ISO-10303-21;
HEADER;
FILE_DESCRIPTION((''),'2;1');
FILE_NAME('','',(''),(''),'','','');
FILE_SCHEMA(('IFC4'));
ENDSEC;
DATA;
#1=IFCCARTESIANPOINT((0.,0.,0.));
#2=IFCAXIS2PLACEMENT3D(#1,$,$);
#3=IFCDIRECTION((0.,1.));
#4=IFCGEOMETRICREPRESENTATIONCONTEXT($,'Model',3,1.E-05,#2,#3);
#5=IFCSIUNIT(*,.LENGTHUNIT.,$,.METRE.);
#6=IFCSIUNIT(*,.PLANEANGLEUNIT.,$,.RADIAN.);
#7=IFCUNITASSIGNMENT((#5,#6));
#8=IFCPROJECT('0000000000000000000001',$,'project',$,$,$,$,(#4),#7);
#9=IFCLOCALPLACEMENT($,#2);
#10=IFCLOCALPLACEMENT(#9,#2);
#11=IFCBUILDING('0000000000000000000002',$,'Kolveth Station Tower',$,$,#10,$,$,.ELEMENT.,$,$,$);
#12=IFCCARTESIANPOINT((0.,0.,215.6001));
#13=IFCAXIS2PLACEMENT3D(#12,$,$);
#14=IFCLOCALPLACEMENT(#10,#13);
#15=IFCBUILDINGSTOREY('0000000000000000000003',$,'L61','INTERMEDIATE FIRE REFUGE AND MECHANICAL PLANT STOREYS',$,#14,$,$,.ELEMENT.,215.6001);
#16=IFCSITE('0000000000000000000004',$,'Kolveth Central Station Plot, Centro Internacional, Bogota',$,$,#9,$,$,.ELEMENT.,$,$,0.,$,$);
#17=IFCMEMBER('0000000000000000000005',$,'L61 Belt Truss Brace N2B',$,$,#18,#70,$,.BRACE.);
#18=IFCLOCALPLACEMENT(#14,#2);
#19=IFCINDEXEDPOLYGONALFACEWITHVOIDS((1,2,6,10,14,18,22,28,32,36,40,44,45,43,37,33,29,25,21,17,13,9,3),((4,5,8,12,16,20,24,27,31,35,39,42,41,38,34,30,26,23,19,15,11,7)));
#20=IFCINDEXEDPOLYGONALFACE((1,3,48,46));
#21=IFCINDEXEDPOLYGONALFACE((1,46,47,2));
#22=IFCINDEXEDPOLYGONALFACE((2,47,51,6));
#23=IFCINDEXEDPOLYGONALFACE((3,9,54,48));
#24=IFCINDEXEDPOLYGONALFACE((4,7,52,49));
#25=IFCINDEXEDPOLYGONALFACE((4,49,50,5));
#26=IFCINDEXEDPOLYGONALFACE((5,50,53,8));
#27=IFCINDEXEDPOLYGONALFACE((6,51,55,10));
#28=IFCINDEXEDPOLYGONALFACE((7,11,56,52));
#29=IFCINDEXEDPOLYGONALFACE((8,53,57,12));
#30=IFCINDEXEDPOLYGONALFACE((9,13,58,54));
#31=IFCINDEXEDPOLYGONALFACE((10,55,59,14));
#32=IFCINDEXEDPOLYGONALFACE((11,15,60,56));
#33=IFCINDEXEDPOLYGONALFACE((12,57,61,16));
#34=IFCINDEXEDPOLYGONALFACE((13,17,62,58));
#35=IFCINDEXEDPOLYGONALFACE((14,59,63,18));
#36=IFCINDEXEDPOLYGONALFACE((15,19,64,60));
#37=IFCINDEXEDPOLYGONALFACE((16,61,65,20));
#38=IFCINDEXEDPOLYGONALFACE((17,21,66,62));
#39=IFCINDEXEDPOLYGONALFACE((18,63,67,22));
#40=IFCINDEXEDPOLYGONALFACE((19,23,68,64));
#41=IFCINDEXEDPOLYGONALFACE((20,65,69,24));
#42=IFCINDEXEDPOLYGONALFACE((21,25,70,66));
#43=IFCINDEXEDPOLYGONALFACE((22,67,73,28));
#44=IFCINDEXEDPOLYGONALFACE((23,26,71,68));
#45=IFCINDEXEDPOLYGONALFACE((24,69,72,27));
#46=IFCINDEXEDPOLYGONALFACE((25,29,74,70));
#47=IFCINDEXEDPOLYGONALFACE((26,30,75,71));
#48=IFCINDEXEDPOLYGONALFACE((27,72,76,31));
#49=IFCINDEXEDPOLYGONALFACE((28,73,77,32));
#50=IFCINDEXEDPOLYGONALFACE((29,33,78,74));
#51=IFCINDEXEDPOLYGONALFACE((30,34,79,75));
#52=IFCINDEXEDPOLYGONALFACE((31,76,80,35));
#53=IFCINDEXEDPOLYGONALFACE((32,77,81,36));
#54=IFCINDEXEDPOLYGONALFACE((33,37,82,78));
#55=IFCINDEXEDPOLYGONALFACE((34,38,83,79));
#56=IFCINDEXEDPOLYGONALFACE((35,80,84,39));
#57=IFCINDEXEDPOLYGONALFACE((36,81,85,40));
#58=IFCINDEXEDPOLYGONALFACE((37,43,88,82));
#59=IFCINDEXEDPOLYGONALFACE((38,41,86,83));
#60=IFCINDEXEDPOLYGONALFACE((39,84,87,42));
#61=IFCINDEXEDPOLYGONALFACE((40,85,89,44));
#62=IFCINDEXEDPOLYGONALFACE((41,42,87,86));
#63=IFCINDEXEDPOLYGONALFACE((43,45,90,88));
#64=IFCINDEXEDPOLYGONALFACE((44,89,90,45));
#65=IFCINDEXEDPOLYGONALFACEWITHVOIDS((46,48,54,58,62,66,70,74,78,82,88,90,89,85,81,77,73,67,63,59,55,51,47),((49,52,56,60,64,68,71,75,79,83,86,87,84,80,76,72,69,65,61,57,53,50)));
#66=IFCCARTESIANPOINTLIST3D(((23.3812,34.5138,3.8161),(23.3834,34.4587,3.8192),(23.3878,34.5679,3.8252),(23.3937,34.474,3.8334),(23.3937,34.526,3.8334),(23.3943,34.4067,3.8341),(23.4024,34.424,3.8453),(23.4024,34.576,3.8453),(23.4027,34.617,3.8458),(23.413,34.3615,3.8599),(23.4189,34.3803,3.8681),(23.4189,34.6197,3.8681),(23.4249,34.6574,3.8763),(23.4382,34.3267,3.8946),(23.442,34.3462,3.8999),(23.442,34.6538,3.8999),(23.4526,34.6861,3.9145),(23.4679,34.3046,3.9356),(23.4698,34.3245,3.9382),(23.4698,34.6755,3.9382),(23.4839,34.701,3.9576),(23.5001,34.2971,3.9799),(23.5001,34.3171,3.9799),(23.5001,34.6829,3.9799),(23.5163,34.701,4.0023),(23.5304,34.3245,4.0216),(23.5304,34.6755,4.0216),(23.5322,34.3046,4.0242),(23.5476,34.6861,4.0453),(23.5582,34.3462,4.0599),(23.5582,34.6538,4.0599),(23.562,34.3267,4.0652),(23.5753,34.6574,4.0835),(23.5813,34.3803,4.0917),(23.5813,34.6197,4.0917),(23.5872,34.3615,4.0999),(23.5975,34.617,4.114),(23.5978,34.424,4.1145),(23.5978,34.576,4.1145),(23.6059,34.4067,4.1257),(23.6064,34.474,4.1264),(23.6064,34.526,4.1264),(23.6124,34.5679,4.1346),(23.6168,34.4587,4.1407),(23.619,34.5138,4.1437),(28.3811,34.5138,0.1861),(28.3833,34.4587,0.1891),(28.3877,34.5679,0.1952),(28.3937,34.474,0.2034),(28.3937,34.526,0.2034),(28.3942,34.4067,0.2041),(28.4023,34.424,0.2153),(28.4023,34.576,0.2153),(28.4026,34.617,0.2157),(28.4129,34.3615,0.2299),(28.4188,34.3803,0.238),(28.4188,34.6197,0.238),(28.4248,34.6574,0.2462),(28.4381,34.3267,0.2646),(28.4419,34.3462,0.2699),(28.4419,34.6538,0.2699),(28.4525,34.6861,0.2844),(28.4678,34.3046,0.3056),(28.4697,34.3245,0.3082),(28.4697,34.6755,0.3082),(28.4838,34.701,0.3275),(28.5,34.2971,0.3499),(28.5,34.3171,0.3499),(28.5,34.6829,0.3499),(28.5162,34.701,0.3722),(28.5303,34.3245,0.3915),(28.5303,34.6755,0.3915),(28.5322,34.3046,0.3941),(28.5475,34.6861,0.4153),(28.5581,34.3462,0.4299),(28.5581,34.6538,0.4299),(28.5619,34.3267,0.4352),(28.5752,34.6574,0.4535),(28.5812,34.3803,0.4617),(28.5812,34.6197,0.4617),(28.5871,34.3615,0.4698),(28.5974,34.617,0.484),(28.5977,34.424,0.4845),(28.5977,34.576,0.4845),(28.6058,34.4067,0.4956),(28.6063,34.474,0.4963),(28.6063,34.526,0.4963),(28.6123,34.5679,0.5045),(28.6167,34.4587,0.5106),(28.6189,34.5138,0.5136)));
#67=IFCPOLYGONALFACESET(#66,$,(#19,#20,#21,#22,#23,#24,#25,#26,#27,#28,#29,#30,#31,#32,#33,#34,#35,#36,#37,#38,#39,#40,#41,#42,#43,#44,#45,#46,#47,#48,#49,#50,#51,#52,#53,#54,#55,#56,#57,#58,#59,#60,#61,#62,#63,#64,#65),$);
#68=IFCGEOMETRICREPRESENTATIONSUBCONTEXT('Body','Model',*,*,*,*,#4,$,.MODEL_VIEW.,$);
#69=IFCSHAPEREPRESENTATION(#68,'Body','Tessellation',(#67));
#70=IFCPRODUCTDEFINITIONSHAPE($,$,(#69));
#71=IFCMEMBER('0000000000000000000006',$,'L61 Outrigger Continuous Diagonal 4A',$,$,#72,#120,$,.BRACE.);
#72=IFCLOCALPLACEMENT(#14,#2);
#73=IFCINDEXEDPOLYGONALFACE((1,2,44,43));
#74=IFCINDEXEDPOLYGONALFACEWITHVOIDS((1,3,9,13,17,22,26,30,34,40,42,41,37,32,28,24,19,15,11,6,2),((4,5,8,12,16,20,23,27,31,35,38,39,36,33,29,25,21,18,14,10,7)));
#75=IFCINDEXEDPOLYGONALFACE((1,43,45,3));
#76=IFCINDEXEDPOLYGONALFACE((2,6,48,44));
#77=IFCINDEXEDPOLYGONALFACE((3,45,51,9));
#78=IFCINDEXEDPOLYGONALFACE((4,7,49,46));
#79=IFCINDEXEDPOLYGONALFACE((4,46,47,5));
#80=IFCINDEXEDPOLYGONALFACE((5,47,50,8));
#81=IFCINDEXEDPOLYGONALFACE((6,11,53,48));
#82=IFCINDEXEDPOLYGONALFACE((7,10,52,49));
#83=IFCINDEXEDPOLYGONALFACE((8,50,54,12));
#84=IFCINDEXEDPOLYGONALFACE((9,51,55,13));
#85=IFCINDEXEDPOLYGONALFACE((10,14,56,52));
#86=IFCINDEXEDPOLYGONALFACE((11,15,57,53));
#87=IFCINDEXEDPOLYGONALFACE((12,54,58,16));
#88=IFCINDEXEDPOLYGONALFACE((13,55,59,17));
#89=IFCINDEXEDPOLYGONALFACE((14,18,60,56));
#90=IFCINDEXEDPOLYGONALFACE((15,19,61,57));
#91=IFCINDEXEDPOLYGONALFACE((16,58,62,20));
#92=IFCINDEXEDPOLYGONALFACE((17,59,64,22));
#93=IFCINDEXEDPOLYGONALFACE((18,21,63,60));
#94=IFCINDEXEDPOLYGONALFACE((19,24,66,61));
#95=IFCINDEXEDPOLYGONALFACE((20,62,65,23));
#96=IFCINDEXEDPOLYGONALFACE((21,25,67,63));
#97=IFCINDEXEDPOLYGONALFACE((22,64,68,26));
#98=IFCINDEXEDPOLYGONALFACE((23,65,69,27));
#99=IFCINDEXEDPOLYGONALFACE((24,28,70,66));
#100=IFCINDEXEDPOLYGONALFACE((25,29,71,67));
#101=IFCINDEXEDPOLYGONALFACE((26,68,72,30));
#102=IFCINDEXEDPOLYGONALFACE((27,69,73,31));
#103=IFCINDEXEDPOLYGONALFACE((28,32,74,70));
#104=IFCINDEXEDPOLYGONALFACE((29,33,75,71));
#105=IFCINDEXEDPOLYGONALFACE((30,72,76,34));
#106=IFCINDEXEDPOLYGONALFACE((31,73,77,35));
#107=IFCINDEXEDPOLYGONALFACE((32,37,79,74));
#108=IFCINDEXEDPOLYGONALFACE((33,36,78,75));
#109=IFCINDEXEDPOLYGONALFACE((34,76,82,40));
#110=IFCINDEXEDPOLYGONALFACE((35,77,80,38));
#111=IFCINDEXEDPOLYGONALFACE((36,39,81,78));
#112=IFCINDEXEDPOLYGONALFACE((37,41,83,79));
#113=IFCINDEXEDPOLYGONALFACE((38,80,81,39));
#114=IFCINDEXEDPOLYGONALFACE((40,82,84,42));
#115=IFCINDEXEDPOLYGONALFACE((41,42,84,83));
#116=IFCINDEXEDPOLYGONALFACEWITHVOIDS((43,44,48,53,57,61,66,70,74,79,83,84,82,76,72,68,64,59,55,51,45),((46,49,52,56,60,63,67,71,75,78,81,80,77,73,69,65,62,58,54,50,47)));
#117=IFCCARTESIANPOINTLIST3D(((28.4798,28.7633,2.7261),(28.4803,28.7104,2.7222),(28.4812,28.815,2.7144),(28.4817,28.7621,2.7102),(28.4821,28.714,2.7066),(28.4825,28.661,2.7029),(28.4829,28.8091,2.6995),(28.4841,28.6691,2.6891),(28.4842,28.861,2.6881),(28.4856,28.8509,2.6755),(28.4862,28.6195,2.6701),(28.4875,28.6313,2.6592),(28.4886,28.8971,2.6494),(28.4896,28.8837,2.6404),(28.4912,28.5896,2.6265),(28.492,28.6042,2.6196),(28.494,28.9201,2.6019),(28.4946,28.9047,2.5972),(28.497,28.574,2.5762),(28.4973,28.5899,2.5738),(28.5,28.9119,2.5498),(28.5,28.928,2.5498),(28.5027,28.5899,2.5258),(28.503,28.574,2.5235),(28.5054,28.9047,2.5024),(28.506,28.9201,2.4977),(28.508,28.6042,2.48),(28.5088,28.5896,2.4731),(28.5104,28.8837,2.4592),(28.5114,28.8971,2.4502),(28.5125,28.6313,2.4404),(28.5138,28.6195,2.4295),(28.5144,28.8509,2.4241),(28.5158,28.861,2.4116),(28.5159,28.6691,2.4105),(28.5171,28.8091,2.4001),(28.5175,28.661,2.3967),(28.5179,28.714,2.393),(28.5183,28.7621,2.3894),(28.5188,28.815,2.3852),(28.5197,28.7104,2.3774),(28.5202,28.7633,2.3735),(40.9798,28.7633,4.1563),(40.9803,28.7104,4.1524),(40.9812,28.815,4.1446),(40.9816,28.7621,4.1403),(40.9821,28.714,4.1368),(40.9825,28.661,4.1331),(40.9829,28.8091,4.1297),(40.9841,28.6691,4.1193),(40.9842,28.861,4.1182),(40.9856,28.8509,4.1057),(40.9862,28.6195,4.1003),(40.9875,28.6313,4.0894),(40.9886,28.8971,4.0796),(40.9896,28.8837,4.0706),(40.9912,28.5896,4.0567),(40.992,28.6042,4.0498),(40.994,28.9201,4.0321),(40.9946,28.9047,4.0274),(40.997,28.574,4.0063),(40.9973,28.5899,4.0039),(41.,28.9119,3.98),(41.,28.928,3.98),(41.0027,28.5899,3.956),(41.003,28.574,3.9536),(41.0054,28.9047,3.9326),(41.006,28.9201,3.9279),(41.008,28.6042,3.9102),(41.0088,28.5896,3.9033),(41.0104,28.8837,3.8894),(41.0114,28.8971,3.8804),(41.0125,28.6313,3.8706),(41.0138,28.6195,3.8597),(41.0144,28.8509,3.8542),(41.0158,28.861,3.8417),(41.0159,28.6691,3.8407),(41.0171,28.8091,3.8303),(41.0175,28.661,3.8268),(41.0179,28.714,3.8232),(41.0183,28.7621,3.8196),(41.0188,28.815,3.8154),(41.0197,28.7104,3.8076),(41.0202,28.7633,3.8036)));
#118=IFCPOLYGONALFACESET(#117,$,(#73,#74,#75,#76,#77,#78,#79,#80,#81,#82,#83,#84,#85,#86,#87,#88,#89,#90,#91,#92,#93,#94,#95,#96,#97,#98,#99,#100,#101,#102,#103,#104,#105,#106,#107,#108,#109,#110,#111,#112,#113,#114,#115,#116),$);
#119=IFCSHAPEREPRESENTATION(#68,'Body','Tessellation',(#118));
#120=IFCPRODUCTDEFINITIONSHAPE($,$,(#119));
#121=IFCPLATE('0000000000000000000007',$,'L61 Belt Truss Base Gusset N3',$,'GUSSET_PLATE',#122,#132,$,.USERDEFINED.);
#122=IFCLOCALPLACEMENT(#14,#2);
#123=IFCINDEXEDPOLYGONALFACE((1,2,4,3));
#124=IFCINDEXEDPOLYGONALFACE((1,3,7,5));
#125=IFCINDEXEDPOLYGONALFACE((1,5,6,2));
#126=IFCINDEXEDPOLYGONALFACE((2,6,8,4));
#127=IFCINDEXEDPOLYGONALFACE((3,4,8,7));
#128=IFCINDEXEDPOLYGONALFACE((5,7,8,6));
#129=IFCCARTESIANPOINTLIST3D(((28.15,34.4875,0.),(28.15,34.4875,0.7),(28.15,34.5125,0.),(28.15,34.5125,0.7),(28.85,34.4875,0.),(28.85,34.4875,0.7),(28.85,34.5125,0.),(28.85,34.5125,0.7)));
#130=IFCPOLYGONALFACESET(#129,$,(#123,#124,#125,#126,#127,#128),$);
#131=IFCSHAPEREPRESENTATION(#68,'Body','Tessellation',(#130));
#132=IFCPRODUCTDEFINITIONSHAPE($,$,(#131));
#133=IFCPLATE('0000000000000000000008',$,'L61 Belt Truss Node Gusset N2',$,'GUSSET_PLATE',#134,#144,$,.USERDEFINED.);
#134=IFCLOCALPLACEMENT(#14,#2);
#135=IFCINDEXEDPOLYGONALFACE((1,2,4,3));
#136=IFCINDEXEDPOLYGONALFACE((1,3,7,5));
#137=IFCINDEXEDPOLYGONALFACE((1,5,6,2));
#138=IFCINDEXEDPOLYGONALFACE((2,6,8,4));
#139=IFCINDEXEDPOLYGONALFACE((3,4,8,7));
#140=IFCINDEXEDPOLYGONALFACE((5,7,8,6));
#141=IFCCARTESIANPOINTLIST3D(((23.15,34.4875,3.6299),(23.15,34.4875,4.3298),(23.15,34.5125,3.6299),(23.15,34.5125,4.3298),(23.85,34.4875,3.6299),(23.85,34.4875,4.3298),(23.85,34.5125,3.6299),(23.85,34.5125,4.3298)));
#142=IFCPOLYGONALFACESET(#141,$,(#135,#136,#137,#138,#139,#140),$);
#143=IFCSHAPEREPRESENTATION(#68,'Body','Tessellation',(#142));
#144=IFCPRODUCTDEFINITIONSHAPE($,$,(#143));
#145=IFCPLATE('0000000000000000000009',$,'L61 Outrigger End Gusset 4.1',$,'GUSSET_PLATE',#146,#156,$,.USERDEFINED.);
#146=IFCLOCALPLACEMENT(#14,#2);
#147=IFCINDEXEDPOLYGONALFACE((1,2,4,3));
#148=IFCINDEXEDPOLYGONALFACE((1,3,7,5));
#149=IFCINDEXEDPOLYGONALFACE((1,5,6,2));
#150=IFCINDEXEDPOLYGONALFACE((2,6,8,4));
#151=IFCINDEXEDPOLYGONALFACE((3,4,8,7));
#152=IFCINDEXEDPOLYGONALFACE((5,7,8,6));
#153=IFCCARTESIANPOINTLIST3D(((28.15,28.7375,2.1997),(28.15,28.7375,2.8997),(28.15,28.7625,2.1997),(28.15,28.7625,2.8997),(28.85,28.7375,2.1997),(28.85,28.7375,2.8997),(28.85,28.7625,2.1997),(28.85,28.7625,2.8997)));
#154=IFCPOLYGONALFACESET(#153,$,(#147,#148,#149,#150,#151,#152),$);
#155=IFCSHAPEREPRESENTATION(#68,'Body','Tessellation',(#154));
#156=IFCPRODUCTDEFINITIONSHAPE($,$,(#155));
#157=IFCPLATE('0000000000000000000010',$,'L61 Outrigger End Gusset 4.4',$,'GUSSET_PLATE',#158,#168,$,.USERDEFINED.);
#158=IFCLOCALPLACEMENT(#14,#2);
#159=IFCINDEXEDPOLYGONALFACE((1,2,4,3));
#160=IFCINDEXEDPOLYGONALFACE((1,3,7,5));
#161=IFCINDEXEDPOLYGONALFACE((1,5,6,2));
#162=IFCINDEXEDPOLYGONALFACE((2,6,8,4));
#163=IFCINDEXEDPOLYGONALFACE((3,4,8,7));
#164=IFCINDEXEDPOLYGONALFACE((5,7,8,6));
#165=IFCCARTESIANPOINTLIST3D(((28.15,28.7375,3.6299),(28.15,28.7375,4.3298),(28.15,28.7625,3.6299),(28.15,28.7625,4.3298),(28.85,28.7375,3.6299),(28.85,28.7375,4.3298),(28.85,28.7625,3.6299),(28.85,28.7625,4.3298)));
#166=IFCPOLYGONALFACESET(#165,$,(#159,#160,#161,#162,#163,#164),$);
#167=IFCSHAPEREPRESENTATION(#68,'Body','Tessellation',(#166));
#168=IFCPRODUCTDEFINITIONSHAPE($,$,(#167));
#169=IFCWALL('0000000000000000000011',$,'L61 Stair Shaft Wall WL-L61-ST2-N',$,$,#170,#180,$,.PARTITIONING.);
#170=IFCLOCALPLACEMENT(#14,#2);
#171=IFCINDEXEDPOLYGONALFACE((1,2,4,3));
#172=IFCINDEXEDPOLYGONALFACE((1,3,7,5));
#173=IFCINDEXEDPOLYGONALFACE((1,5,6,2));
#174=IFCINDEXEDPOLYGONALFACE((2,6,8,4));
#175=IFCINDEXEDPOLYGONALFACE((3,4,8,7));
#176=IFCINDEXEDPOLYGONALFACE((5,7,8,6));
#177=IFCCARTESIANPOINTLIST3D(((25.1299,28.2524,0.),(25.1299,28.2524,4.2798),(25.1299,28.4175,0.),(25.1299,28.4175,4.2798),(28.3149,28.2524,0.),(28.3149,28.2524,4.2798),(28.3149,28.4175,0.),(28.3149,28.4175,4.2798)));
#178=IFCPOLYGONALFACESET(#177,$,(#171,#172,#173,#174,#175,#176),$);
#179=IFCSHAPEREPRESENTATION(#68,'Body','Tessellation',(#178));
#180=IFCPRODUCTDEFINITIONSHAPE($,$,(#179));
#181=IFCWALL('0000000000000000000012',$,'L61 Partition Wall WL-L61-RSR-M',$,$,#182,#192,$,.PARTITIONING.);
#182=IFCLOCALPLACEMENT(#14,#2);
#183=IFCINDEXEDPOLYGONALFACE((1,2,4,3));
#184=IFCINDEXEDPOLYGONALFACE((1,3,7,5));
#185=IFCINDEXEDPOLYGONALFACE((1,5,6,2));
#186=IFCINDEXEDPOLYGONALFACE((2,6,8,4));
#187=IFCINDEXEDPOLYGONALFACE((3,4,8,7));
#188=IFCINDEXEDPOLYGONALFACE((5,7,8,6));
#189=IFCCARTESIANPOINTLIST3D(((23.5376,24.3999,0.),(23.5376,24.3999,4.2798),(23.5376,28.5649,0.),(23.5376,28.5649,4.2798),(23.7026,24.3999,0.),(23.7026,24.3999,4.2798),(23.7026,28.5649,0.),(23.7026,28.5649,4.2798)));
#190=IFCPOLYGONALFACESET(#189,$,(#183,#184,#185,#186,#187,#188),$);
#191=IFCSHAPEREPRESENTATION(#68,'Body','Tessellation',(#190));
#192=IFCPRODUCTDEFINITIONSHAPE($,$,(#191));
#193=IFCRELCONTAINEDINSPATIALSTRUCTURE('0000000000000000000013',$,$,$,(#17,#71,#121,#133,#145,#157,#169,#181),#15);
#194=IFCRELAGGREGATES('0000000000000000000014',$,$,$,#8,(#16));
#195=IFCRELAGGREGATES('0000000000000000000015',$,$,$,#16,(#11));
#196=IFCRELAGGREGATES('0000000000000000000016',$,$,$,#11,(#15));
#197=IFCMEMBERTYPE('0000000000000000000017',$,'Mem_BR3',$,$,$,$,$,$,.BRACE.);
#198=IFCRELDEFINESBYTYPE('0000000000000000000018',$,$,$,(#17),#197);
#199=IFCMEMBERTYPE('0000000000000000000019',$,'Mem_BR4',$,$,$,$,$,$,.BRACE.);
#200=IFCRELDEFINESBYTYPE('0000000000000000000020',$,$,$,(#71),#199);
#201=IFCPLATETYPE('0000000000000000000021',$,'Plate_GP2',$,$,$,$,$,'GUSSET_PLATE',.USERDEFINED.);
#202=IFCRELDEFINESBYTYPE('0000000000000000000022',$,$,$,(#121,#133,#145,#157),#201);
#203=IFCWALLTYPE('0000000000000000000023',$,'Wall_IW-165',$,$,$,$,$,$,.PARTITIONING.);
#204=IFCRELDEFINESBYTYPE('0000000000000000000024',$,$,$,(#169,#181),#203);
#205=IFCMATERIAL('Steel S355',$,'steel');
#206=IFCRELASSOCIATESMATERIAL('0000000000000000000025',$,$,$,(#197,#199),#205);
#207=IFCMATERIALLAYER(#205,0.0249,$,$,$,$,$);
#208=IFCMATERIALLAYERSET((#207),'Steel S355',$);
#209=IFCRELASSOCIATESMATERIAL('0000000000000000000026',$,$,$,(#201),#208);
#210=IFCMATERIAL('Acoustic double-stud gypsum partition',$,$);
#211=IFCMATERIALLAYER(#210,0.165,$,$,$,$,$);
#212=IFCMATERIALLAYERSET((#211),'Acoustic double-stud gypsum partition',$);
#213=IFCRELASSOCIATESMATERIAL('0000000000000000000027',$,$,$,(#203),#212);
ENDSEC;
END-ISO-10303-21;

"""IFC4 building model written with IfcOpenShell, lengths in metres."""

from ifc_helpers import new_model, si_unit, direction, frame, frame_2d, origin, origin_2d, place, context, subcontext, project, spatial, rectangle, hollow_circle, extrude, source, transform, mapped, material, layer, layer_set, material_profile, profile_set, type_object, element, save


model = new_model("IFC4")

# Units and contexts
model_context = context("Model", 3, precision=1e-05, world=origin(), true_north=direction((0.0, 1.0)))
body_context = subcontext(model_context, "Body", "Model", "MODEL_VIEW")
ifc_project = project(units=[si_unit("LENGTHUNIT", "METRE"), si_unit("PLANEANGLEUNIT", "RADIAN")], contexts=[model_context])

# Site, building, storey
site_placement = place(None, origin())
site = spatial("IfcSite", under=ifc_project, at=site_placement, Name="Kolveth Central Station Plot, Centro Internacional, Bogota", CompositionType="ELEMENT", RefElevation=0.0)
building_placement = place(site_placement, origin())
building = spatial("IfcBuilding", under=site, at=building_placement, Name="Kolveth Station Tower", CompositionType="ELEMENT")
storey_placement = place(building_placement, frame((0.0, 0.0, 215.6001)))
storey = spatial("IfcBuildingStorey", under=building, at=storey_placement, Name="L61", Description="INTERMEDIATE FIRE REFUGE AND MECHANICAL PLANT STOREYS", CompositionType="ELEMENT", Elevation=215.6001)

# Shared definitions
ifc_material_1 = material(Name="Steel S355", Category="steel")

# Members
ifc_material_profile_1 = material_profile(ifc_material_1, hollow_circle(Radius=0.2029, WallThickness=0.02, at=origin_2d()), Name="CHS406x20")
ifc_profile_set_1 = profile_set([ifc_material_profile_1], Name="Steel S355")
member_type_1 = type_object("IfcMemberType", Name="Mem_BR3", PredefinedType="BRACE", material=ifc_profile_set_1)
shared_shape_1 = source(origin(), body_context, "Body", "SweptSolid", [
    extrude(hollow_circle(Radius=0.2029, WallThickness=0.02, at=origin_2d()), origin(), (0.0, 0.0, 1.0), 6.1787),
])
member_1_placement = place(storey_placement, frame((28.5, 34.5, 0.3499), z_axis=(-0.809216, 0.0, 0.587511), x_axis=(0.0, -1.0, 0.0)))
element("IfcMember", 1, at=member_1_placement, inside=storey, type_object=member_type_1, Name="L61 Belt Truss Brace N2B", PredefinedType="BRACE", context=body_context, shape_type="MappedRepresentation", body=[
    mapped(shared_shape_1, transform((0.0, 0.0, 0.0), x_axis=(1.0, 0.0, 0.0), y_axis=(0.0, 1.0, 0.0), z_axis=(0.0, 0.0, 1.0), scale=1.0)),
])
ifc_material_profile_2 = material_profile(ifc_material_1, hollow_circle(Radius=0.178, WallThickness=0.0161, at=origin_2d()), Name="CHS356x16")
ifc_profile_set_2 = profile_set([ifc_material_profile_2], Name="Steel S355")
member_type_2 = type_object("IfcMemberType", Name="Mem_BR4", PredefinedType="BRACE", material=ifc_profile_set_2)
shared_shape_2 = source(origin(), body_context, "Body", "SweptSolid", [
    extrude(hollow_circle(Radius=0.178, WallThickness=0.0161, at=origin_2d()), origin(), (0.0, 0.0, 1.0), 12.5815),
])
member_2_placement = place(storey_placement, frame((28.5, 28.75, 2.5498), z_axis=(0.993518, 0.0, 0.113672), x_axis=(0.0, 1.0, 0.0)))
element("IfcMember", 2, at=member_2_placement, inside=storey, type_object=member_type_2, Name="L61 Outrigger Continuous Diagonal 4A", PredefinedType="BRACE", context=body_context, shape_type="MappedRepresentation", body=[
    mapped(shared_shape_2, transform((0.0, 0.0, 0.0), x_axis=(1.0, 0.0, 0.0), y_axis=(0.0, 1.0, 0.0), z_axis=(0.0, 0.0, 1.0), scale=1.0)),
])

# Plates
ifc_layer_1 = layer(ifc_material_1, 0.0249)
ifc_layer_set_1 = layer_set([ifc_layer_1], Name="Steel S355")
plate_type = type_object("IfcPlateType", Name="Plate_GP2", ElementType="GUSSET_PLATE", PredefinedType="USERDEFINED", material=ifc_layer_set_1)
shared_shape_3 = source(origin(), body_context, "Body", "SweptSolid", [
    extrude(rectangle(XDim=0.7, YDim=0.0249, at=origin_2d()), origin(), (0.0, 0.0, 1.0), 0.7),
])
for number, where, z_axis, x_axis, name in (
    (3, (28.5, 34.5, 0.0), (0.0, 0.0, 1.0), (1.0, 0.0, 0.0), "L61 Belt Truss Base Gusset N3"),
    (4, (23.5, 34.5, 3.6299), (0.0, 0.0, 1.0), (1.0, 0.0, 0.0), "L61 Belt Truss Node Gusset N2"),
    (5, (28.5, 28.75, 2.1997), (0.0, 0.0, 1.0), (1.0, 0.0, 0.0), "L61 Outrigger End Gusset 4.1"),
    (6, (28.5, 28.75, 3.6299), (0.0, 0.0, 1.0), (1.0, 0.0, 0.0), "L61 Outrigger End Gusset 4.4"),
):
    element("IfcPlate", number, at=place(storey_placement, frame(where, z_axis=z_axis, x_axis=x_axis)), inside=storey, type_object=plate_type, Name=name, ObjectType="GUSSET_PLATE", PredefinedType="USERDEFINED", context=body_context, shape_type="MappedRepresentation", body=[
        mapped(shared_shape_3, transform((0.0, 0.0, 0.0), x_axis=(1.0, 0.0, 0.0), y_axis=(0.0, 1.0, 0.0), z_axis=(0.0, 0.0, 1.0), scale=1.0)),
    ])

# Walls
ifc_material_2 = material(Name="Acoustic double-stud gypsum partition")
ifc_layer_2 = layer(ifc_material_2, 0.165)
ifc_layer_set_2 = layer_set([ifc_layer_2], Name="Acoustic double-stud gypsum partition")
wall_type_1 = type_object("IfcWallType", Name="Wall_IW-165", PredefinedType="PARTITIONING", material=ifc_layer_set_2)
wall_1_placement = place(storey_placement, frame((25.1299, 28.335, 0.0), z_axis=(0.0, 0.0, 1.0), x_axis=(1.0, 0.0, 0.0)))
element("IfcWall", 7, at=wall_1_placement, inside=storey, type_object=wall_type_1, Name="L61 Stair Shaft Wall WL-L61-ST2-N", PredefinedType="PARTITIONING", context=body_context, shape_type="SweptSolid", body=[
    extrude(rectangle(XDim=3.1851, YDim=0.165, at=frame_2d((1.5925, 0.0))), origin(), (0.0, 0.0, 1.0), 4.2798),
])
wall_2_placement = place(storey_placement, frame((23.6201, 24.3999, 0.0), z_axis=(0.0, 0.0, 1.0), x_axis=(0.0, 1.0, 0.0)))
element("IfcWall", 8, at=wall_2_placement, inside=storey, type_object=wall_type_1, Name="L61 Partition Wall WL-L61-RSR-M", PredefinedType="PARTITIONING", context=body_context, shape_type="SweptSolid", body=[
    extrude(rectangle(XDim=4.165, YDim=0.165, at=frame_2d((2.0825, 0.0))), origin(), (0.0, 0.0, 1.0), 4.2798),
])

save(model, "model.ifc")
